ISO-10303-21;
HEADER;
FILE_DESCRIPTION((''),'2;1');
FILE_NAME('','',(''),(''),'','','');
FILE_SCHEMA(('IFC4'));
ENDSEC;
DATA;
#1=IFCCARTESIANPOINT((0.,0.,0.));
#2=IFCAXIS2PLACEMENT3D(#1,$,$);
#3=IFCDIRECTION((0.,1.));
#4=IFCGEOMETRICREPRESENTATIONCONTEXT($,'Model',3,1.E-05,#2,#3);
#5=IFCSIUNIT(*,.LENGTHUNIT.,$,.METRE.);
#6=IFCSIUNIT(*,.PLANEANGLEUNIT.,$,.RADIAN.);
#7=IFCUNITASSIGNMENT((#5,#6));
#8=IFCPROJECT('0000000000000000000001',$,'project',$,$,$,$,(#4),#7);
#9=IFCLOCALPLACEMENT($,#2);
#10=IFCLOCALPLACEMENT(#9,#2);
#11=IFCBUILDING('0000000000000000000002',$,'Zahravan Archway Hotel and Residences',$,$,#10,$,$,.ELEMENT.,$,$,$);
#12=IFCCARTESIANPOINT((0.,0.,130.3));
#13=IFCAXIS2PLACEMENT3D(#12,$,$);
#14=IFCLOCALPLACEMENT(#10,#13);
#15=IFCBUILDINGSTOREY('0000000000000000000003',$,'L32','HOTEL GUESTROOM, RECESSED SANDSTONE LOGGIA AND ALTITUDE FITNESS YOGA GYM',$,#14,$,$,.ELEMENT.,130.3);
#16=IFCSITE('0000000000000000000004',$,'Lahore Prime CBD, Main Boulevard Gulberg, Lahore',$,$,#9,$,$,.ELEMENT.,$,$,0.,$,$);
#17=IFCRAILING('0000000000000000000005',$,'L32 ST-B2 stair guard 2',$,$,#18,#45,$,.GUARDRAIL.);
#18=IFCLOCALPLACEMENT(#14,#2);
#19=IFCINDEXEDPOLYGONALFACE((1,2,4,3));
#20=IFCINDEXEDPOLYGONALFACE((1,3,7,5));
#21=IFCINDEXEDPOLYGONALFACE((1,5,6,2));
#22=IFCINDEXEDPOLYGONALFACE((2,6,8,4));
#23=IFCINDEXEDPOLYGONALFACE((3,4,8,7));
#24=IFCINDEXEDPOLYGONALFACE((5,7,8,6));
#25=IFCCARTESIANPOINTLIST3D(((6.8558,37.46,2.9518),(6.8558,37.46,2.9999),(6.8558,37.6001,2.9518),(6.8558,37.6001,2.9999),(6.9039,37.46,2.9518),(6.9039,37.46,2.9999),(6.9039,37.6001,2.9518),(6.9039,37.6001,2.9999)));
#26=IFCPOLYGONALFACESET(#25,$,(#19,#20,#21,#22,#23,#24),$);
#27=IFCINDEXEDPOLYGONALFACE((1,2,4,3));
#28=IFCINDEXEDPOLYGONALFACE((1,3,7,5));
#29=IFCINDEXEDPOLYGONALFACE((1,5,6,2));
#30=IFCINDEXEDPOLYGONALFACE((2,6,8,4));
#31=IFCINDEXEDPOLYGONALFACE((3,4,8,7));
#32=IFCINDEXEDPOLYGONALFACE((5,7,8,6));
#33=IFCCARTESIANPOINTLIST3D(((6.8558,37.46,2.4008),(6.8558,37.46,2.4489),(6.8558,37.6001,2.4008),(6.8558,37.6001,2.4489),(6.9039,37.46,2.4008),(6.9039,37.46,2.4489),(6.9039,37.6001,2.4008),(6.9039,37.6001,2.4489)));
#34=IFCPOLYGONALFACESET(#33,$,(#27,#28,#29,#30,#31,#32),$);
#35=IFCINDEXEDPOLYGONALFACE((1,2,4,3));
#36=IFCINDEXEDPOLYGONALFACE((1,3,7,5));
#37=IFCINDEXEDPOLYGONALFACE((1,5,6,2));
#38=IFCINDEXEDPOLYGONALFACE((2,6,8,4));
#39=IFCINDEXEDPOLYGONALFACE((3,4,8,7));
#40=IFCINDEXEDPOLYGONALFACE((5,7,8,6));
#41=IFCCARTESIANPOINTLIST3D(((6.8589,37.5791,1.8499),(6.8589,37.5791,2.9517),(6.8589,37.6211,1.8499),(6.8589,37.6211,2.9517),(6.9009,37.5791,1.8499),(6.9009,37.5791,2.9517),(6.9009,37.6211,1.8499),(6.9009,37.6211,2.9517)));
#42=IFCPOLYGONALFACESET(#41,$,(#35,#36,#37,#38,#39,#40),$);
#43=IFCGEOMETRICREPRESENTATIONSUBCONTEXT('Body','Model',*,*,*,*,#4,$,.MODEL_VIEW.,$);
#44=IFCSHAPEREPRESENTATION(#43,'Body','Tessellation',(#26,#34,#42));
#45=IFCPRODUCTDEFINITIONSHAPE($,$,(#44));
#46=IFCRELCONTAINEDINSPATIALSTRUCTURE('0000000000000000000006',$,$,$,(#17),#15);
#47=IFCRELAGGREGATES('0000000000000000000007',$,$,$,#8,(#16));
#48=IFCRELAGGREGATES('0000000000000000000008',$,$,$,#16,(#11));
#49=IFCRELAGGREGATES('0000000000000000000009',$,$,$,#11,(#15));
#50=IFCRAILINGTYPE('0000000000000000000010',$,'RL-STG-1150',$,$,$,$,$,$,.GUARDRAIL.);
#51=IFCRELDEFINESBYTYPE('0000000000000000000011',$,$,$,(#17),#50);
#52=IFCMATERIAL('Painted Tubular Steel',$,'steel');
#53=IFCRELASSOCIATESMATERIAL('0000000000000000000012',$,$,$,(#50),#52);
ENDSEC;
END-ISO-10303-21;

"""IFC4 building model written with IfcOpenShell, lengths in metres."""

from ifc_helpers import new_model, si_unit, direction, frame, origin, origin_2d, place, context, subcontext, project, spatial, rectangle, extrude, material, type_object, element, save


model = new_model("IFC4")

# Units and contexts
model_context = context("Model", 3, precision=1e-05, world=origin(), true_north=direction((0.0, 1.0)))
body_context = subcontext(model_context, "Body", "Model", "MODEL_VIEW")
ifc_project = project(units=[si_unit("LENGTHUNIT", "METRE"), si_unit("PLANEANGLEUNIT", "RADIAN")], contexts=[model_context])

# Site, building, storey
site_placement = place(None, origin())
site = spatial("IfcSite", under=ifc_project, at=site_placement, Name="Lahore Prime CBD, Main Boulevard Gulberg, Lahore", CompositionType="ELEMENT", RefElevation=0.0)
building_placement = place(site_placement, origin())
building = spatial("IfcBuilding", under=site, at=building_placement, Name="Zahravan Archway Hotel and Residences", CompositionType="ELEMENT")
storey_placement = place(building_placement, frame((0.0, 0.0, 130.3)))
storey = spatial("IfcBuildingStorey", under=building, at=storey_placement, Name="L32", Description="HOTEL GUESTROOM, RECESSED SANDSTONE LOGGIA AND ALTITUDE FITNESS YOGA GYM", CompositionType="ELEMENT", Elevation=130.3)

# Railing
ifc_material_1 = material(Name="Painted Tubular Steel", Category="steel")
railing_type_1 = type_object("IfcRailingType", Name="RL-STG-1150", PredefinedType="GUARDRAIL", material=ifc_material_1)
railing_1_placement = place(storey_placement, frame((6.8799, 37.6001, 1.8499)))
element("IfcRailing", 1, at=railing_1_placement, inside=storey, type_object=railing_type_1, Name="L32 ST-B2 stair guard 2", PredefinedType="GUARDRAIL", context=body_context, shape_type="SweptSolid", body=[
    extrude(rectangle(XDim=0.0481, YDim=0.0481, at=origin_2d()), frame((0.0, 0.0, 1.126), z_axis=(0.0, -1.0, 0.0), x_axis=(1.0, 0.0, 0.0)), (0.0, 0.0, 1.0), 0.1401),
    extrude(rectangle(XDim=0.0481, YDim=0.0481, at=origin_2d()), frame((0.0, 0.0, 0.575), z_axis=(0.0, -1.0, 0.0), x_axis=(1.0, 0.0, 0.0)), (0.0, 0.0, 1.0), 0.1401),
    extrude(rectangle(XDim=0.042, YDim=0.042, at=origin_2d()), origin(), (0.0, 0.0, 1.0), 1.1018),
])

save(model, "model.ifc")
